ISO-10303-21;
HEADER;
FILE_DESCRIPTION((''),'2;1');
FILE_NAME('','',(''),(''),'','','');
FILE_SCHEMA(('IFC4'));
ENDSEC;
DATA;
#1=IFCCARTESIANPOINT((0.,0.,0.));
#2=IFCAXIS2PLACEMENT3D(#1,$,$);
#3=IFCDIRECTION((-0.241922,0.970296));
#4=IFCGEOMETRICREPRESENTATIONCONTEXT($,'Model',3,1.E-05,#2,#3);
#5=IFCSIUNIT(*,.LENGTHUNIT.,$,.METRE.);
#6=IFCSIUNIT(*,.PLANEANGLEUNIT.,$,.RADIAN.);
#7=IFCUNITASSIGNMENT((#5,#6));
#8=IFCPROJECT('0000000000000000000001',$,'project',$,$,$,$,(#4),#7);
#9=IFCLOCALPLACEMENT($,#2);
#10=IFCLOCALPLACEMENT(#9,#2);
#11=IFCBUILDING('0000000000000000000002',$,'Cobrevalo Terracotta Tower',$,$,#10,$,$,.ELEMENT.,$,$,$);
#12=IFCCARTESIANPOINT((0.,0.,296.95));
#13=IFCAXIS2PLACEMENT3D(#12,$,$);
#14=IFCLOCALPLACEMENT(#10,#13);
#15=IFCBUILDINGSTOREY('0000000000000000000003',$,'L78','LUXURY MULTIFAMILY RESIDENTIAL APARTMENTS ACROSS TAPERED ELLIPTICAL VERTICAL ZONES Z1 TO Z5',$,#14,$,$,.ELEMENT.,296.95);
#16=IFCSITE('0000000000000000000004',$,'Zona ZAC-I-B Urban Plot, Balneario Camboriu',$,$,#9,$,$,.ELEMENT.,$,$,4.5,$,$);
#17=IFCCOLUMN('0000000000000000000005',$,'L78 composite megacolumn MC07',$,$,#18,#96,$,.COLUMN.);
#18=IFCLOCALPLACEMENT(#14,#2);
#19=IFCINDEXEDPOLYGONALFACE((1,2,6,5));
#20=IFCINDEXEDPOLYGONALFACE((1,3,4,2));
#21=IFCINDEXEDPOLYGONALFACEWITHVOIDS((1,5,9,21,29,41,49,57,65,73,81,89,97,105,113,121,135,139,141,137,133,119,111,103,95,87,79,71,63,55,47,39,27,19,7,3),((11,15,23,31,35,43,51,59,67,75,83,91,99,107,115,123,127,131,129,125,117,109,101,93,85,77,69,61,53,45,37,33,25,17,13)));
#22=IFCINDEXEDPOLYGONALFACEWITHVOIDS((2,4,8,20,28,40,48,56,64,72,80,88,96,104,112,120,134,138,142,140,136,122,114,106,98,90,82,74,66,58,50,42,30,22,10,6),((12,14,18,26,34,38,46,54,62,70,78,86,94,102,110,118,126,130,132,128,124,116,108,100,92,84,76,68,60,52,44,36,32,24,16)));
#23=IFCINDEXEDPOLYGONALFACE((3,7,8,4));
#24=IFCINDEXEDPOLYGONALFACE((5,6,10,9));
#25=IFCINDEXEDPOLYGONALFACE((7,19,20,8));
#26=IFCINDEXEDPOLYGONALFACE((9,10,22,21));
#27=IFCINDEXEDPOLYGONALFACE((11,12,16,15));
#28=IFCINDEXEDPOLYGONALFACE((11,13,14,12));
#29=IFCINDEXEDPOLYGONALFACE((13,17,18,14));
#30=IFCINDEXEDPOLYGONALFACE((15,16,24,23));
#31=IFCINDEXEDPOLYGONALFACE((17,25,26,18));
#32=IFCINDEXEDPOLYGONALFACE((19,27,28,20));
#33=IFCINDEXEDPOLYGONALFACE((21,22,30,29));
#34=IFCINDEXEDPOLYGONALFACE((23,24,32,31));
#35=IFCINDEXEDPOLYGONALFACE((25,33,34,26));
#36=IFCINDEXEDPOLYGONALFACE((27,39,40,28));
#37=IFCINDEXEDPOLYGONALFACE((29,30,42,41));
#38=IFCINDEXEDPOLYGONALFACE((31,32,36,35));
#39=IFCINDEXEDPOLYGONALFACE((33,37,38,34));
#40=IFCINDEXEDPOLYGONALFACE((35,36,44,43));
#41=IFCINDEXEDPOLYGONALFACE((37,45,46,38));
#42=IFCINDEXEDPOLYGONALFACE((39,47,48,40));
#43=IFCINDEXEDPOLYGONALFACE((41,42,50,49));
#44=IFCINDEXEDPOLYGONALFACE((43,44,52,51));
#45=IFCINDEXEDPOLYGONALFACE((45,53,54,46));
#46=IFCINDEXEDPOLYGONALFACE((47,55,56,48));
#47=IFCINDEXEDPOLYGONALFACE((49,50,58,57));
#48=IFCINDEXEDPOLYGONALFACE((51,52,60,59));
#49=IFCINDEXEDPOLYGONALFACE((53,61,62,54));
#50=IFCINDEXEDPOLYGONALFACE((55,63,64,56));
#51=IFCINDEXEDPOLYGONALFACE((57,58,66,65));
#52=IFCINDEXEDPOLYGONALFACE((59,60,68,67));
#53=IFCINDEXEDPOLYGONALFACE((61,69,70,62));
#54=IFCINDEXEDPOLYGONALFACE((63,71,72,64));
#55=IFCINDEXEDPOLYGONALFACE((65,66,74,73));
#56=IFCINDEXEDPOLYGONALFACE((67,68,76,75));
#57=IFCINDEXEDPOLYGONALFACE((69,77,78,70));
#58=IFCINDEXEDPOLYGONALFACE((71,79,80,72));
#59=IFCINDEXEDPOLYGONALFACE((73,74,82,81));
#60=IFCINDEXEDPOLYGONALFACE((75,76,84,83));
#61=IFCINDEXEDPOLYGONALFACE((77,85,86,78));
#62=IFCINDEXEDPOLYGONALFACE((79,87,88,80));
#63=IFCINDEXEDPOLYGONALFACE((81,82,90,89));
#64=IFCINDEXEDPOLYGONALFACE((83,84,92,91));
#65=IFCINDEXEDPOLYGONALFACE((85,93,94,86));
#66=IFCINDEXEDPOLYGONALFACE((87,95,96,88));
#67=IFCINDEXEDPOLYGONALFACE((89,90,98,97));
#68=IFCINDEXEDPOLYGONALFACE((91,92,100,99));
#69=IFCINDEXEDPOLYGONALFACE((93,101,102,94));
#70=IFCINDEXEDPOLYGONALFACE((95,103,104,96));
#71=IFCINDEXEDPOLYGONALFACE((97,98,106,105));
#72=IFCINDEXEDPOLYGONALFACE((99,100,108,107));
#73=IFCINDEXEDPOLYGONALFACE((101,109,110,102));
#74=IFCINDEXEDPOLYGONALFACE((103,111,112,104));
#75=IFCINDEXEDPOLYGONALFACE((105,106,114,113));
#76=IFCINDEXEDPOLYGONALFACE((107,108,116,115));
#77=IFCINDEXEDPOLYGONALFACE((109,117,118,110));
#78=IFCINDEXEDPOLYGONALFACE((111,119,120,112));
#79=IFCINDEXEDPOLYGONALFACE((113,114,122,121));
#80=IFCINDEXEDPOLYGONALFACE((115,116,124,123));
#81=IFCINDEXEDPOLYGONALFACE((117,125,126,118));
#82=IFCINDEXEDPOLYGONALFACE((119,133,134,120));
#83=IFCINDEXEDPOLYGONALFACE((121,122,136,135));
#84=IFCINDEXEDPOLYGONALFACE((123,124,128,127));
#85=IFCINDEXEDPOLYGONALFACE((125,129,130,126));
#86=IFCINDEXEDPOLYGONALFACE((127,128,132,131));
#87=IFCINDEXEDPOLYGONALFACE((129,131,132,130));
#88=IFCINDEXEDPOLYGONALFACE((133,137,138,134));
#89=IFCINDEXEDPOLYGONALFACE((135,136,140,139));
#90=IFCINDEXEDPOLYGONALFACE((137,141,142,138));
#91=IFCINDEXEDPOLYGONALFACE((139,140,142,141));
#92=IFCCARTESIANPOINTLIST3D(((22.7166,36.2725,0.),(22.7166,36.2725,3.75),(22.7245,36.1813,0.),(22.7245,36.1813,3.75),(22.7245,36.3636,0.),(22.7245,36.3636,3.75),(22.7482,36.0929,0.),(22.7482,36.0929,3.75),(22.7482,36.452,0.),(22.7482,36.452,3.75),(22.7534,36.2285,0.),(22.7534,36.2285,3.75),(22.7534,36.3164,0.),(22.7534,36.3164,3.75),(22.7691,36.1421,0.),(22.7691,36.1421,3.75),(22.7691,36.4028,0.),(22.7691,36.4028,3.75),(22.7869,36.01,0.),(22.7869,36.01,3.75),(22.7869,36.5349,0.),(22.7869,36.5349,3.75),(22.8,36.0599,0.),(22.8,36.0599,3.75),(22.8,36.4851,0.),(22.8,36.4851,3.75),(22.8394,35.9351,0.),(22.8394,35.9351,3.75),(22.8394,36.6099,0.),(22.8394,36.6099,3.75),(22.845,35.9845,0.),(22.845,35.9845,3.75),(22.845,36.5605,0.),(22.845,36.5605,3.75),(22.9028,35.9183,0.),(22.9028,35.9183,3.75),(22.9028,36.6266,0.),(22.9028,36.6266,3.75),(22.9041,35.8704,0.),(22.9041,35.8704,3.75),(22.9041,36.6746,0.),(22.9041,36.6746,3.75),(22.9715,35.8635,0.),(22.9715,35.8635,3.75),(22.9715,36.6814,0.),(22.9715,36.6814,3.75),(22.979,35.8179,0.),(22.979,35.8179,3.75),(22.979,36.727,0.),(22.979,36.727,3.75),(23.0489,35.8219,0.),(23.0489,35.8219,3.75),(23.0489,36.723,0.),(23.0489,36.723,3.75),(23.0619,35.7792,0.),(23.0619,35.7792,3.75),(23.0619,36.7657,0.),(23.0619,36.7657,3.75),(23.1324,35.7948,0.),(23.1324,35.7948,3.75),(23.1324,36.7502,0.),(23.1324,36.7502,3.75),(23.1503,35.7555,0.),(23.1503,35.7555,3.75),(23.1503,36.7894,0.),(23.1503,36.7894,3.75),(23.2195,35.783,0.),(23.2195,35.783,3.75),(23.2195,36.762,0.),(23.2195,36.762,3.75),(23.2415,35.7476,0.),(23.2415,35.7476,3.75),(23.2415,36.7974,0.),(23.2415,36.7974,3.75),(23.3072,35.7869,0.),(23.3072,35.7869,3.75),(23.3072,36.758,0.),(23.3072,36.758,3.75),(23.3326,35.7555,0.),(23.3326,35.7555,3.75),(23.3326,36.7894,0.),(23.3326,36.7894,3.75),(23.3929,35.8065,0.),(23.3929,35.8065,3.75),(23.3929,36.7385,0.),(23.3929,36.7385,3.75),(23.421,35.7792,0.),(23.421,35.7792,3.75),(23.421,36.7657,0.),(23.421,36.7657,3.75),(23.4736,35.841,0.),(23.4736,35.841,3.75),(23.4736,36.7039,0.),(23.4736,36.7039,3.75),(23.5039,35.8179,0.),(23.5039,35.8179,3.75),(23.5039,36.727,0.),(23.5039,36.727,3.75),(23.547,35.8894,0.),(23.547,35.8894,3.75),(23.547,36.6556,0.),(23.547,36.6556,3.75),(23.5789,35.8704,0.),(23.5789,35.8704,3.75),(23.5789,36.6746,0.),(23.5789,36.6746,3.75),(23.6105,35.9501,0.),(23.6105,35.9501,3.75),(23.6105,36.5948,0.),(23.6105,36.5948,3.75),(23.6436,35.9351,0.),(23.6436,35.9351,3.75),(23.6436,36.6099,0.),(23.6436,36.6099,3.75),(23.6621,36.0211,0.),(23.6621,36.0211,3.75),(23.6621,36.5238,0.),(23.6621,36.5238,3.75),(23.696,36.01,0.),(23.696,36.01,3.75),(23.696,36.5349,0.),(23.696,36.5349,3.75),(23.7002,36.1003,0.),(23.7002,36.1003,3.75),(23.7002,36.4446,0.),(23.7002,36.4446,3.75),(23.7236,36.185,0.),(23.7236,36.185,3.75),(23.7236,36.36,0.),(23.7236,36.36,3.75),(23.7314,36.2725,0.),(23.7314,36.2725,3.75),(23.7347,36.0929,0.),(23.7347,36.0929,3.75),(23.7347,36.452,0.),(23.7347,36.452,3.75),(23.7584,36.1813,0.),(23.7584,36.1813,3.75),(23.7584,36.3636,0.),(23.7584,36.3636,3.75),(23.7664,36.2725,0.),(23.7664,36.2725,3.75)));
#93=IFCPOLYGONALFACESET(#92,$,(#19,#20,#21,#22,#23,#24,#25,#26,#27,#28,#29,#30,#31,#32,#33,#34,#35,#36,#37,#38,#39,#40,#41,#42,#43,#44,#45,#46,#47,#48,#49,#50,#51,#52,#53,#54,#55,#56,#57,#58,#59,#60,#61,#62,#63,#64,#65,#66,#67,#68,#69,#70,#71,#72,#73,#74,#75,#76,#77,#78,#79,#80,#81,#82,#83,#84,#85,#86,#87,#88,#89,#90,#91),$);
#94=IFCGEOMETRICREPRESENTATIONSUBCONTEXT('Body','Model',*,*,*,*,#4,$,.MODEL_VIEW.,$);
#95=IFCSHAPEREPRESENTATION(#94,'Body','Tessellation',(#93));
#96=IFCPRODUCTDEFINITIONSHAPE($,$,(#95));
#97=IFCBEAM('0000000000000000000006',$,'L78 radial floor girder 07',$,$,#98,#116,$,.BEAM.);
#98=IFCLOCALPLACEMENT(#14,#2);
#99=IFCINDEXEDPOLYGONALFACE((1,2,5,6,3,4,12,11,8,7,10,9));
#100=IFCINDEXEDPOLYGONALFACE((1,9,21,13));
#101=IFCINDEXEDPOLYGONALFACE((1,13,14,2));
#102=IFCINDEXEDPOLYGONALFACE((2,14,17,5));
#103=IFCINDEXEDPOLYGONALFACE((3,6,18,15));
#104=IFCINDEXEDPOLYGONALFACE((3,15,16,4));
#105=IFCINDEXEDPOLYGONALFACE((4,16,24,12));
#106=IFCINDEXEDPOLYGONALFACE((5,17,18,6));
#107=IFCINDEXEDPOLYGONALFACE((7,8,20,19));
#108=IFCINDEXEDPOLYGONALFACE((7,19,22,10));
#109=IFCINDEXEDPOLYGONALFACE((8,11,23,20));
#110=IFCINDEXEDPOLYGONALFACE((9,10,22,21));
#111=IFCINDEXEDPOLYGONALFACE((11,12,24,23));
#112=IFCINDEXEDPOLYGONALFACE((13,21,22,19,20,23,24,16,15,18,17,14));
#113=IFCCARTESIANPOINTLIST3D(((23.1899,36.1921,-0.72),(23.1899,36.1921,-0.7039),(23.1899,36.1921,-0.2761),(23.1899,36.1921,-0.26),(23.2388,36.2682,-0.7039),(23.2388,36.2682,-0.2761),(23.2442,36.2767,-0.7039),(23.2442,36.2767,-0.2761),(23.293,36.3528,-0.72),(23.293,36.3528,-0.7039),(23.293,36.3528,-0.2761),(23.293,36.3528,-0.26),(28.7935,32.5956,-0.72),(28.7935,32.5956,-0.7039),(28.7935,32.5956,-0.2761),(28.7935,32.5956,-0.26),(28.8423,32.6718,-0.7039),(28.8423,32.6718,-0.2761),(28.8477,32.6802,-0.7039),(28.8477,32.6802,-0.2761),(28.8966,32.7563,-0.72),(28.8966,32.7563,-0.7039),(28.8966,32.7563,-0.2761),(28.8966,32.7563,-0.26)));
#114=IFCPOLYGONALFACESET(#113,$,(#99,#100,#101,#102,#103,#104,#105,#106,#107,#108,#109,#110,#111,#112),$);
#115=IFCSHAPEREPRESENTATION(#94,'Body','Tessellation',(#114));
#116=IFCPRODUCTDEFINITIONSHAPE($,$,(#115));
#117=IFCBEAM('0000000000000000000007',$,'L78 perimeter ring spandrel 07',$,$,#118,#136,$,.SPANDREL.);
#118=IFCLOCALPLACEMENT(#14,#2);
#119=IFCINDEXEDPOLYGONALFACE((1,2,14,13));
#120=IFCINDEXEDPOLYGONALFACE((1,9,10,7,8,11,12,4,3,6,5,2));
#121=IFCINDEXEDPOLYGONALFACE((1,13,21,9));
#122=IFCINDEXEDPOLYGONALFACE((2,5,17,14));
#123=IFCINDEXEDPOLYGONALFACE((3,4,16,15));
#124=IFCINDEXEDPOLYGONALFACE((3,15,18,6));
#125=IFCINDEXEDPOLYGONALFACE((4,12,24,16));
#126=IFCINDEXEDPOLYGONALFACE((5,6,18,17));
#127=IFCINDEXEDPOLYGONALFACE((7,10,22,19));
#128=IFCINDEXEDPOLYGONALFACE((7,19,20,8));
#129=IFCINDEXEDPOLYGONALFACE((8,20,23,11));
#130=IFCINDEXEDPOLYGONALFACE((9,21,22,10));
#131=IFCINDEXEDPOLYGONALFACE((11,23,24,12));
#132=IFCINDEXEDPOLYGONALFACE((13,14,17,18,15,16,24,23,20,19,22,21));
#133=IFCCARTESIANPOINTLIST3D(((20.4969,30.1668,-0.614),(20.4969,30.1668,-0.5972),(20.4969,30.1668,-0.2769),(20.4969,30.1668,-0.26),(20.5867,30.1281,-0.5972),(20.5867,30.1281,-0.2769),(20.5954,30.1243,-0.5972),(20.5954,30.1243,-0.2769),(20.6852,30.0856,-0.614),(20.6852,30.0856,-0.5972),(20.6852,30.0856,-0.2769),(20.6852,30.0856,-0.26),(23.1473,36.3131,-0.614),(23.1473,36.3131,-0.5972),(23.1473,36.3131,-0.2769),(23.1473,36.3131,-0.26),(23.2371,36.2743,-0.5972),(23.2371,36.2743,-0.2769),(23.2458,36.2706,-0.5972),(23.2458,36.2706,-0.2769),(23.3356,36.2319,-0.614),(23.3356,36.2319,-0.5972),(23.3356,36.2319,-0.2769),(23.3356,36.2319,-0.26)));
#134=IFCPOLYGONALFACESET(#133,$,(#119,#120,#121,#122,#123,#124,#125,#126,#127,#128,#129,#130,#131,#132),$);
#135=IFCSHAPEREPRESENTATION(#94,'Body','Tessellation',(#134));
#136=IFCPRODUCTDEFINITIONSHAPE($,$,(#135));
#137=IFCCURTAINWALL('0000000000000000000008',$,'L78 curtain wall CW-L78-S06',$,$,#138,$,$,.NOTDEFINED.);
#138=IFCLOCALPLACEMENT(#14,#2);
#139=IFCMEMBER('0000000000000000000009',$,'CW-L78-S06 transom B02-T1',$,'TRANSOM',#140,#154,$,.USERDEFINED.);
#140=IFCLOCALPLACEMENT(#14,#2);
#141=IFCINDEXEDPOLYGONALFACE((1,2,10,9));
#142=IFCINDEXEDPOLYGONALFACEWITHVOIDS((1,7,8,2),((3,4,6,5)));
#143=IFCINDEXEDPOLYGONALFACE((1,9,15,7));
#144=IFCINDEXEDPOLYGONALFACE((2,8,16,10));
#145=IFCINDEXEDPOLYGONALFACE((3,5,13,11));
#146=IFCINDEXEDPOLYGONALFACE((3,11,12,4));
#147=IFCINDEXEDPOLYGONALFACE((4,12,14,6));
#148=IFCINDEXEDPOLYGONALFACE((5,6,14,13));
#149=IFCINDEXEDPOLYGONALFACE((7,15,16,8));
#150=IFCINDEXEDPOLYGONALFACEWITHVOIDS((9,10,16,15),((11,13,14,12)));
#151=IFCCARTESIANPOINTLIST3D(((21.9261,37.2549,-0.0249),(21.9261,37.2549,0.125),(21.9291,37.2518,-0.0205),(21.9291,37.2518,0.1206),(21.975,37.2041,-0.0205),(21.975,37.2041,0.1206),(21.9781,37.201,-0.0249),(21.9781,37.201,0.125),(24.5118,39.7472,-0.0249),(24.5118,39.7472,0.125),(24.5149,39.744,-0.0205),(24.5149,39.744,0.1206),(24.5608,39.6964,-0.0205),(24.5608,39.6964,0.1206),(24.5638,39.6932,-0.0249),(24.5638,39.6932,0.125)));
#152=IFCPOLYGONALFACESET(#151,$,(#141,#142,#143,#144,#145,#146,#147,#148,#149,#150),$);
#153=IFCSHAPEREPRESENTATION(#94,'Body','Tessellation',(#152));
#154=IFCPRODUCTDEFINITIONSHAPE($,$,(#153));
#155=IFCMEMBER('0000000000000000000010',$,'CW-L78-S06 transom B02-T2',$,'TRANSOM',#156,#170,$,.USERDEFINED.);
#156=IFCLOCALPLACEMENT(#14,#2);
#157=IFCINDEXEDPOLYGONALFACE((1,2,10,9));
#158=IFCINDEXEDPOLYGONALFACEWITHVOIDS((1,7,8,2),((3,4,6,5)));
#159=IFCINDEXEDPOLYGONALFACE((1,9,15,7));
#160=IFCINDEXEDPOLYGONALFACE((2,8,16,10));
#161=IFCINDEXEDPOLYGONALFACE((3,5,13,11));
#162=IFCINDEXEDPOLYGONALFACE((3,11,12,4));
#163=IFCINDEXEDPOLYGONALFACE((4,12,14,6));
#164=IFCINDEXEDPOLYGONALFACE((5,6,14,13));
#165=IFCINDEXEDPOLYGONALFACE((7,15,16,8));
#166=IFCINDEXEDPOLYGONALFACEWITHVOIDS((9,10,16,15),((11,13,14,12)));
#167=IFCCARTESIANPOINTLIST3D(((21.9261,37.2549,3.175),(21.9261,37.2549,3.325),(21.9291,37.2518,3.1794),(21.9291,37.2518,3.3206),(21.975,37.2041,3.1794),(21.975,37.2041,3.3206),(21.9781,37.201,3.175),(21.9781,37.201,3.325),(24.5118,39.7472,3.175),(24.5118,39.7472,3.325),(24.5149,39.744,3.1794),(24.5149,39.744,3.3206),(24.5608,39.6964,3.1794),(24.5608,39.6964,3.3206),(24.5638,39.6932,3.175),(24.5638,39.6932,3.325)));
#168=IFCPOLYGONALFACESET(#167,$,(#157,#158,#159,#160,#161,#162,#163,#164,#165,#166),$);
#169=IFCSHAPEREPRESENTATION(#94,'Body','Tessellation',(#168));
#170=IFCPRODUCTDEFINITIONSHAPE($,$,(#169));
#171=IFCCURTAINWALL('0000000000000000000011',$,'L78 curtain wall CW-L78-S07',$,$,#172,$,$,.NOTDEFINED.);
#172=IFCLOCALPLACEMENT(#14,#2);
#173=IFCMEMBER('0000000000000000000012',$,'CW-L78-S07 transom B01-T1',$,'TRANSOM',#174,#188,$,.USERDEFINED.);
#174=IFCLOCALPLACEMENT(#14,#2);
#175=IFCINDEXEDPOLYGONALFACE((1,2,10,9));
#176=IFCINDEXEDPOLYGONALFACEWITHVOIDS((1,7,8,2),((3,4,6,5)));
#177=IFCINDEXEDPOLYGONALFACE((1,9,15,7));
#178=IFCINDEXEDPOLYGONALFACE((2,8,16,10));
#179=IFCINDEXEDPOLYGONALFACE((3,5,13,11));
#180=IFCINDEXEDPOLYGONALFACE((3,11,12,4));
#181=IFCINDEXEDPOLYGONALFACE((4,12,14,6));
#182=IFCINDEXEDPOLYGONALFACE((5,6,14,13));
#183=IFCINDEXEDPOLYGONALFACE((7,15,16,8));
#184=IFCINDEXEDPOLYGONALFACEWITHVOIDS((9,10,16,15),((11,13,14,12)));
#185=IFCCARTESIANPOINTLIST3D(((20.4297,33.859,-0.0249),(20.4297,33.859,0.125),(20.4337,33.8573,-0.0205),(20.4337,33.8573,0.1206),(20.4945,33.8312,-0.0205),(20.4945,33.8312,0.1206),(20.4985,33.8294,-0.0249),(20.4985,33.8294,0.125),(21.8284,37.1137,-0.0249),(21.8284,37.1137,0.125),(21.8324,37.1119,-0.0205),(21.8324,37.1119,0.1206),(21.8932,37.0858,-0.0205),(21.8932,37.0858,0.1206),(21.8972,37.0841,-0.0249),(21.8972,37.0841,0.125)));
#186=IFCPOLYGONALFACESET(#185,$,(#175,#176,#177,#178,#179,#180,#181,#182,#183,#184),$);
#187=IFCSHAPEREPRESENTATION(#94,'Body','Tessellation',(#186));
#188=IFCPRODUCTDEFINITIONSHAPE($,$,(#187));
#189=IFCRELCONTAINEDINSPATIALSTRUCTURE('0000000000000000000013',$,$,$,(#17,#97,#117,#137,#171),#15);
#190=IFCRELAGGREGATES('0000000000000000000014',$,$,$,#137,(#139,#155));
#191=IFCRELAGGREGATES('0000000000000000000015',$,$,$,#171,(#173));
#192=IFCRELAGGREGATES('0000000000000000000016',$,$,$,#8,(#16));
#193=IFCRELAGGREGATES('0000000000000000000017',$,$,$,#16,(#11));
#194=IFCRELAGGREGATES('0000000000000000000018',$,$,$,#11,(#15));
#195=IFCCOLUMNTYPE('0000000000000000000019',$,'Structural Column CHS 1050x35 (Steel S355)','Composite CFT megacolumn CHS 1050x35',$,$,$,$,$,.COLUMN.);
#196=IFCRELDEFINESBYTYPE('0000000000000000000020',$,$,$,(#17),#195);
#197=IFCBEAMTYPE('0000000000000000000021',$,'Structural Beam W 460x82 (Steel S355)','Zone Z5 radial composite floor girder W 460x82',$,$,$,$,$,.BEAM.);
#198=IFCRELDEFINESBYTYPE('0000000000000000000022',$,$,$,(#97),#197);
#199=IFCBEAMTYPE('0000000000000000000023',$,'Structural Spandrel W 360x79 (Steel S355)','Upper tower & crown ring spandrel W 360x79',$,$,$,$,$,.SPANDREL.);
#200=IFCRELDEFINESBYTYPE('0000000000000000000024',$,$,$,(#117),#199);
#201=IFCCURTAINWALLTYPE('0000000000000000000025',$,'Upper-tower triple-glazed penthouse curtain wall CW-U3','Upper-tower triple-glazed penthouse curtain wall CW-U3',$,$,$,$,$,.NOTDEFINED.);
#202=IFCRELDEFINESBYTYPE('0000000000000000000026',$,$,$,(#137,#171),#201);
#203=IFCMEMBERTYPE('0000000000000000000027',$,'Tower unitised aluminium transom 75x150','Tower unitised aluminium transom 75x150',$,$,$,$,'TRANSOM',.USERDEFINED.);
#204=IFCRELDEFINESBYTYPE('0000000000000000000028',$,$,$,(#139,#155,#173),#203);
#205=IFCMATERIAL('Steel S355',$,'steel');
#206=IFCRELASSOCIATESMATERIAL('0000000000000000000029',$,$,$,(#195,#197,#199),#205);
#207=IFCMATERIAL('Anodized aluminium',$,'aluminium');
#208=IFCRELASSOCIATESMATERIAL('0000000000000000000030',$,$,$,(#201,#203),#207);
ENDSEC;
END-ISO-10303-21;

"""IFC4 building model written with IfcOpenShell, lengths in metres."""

from ifc_helpers import new_model, si_unit, direction, frame, origin, origin_2d, place, context, subcontext, project, spatial, hollow_rectangle, hollow_circle, i_section, extrude, source, transform, mapped, material, material_profile, profile_set, type_object, element, aggregate, save


model = new_model("IFC4")

# Units and contexts
model_context = context("Model", 3, precision=1e-05, world=origin(), true_north=direction((-0.241922, 0.970296)))
body_context = subcontext(model_context, "Body", "Model", "MODEL_VIEW")
ifc_project = project(units=[si_unit("LENGTHUNIT", "METRE"), si_unit("PLANEANGLEUNIT", "RADIAN")], contexts=[model_context])

# Site, building, storey
site_placement = place(None, origin())
site = spatial("IfcSite", under=ifc_project, at=site_placement, Name="Zona ZAC-I-B Urban Plot, Balneario Camboriu", CompositionType="ELEMENT", RefElevation=4.5)
building_placement = place(site_placement, origin())
building = spatial("IfcBuilding", under=site, at=building_placement, Name="Cobrevalo Terracotta Tower", CompositionType="ELEMENT")
storey_placement = place(building_placement, frame((0.0, 0.0, 296.95)))
storey = spatial("IfcBuildingStorey", under=building, at=storey_placement, Name="L78", Description="LUXURY MULTIFAMILY RESIDENTIAL APARTMENTS ACROSS TAPERED ELLIPTICAL VERTICAL ZONES Z1 TO Z5", CompositionType="ELEMENT", Elevation=296.95)

# Column
ifc_material_1 = material(Name="Steel S355", Category="steel")
ifc_material_profile_1 = material_profile(ifc_material_1, hollow_circle(Radius=0.5249, WallThickness=0.0349, at=origin_2d()), Name="CHS 1050x35")
ifc_profile_set_1 = profile_set([ifc_material_profile_1], Name="Steel S355")
column_type = type_object("IfcColumnType", Name="Structural Column CHS 1050x35 (Steel S355)", Description="Composite CFT megacolumn CHS 1050x35", PredefinedType="COLUMN", material=ifc_profile_set_1)
column_placement = place(storey_placement, frame((23.2415, 36.2725, 0.0), z_axis=(0.0, 0.0, 1.0), x_axis=(1.0, 0.0, 0.0)))
element("IfcColumn", 1, at=column_placement, inside=storey, type_object=column_type, Name="L78 composite megacolumn MC07", PredefinedType="COLUMN", context=body_context, shape_type="SweptSolid", body=[
    extrude(hollow_circle(Radius=0.5249, WallThickness=0.0349, at=origin_2d()), origin(), (0.0, 0.0, 1.0), 3.75),
])

# Beams
ifc_material_profile_2 = material_profile(ifc_material_1, i_section(OverallWidth=0.1909, OverallDepth=0.46, WebThickness=0.01, FlangeThickness=0.0161, at=origin_2d()), Name="W 460x82")
ifc_profile_set_2 = profile_set([ifc_material_profile_2], Name="Steel S355")
beam_type_1 = type_object("IfcBeamType", Name="Structural Beam W 460x82 (Steel S355)", Description="Zone Z5 radial composite floor girder W 460x82", PredefinedType="BEAM", material=ifc_profile_set_2)
beam_1_placement = place(storey_placement, frame((23.2415, 36.2725, -0.49), z_axis=(0.841576, -0.540138, 0.0), x_axis=(0.540138, 0.841576, 0.0)))
element("IfcBeam", 2, at=beam_1_placement, inside=storey, type_object=beam_type_1, Name="L78 radial floor girder 07", PredefinedType="BEAM", context=body_context, shape_type="SweptSolid", body=[
    extrude(i_section(OverallWidth=0.1909, OverallDepth=0.46, WebThickness=0.01, FlangeThickness=0.0161, at=origin_2d()), origin(), (0.0, 0.0, 1.0), 6.6584),
])
ifc_material_profile_3 = material_profile(ifc_material_1, i_section(OverallWidth=0.2051, OverallDepth=0.354, WebThickness=0.0095, FlangeThickness=0.0168, at=origin_2d()), Name="W 360x79")
ifc_profile_set_3 = profile_set([ifc_material_profile_3], Name="Steel S355")
beam_type_2 = type_object("IfcBeamType", Name="Structural Spandrel W 360x79 (Steel S355)", Description="Upper tower & crown ring spandrel W 360x79", PredefinedType="SPANDREL", material=ifc_profile_set_3)
beam_2_placement = place(storey_placement, frame((23.2415, 36.2725, -0.437), z_axis=(-0.395974, -0.918262, 0.0), x_axis=(0.918262, -0.395974, 0.0)))
element("IfcBeam", 3, at=beam_2_placement, inside=storey, type_object=beam_type_2, Name="L78 perimeter ring spandrel 07", PredefinedType="SPANDREL", context=body_context, shape_type="SweptSolid", body=[
    extrude(i_section(OverallWidth=0.2051, OverallDepth=0.354, WebThickness=0.0095, FlangeThickness=0.0168, at=origin_2d()), origin(), (0.0, 0.0, 1.0), 6.6934),
])

# Curtain walls, members
ifc_material_2 = material(Name="Anodized aluminium", Category="aluminium")
curtain_wall_type = type_object("IfcCurtainWallType", Name="Upper-tower triple-glazed penthouse curtain wall CW-U3", Description="Upper-tower triple-glazed penthouse curtain wall CW-U3", PredefinedType="NOTDEFINED", material=ifc_material_2)
curtain_wall_1_placement = place(storey_placement, origin())
curtain_wall_1 = element("IfcCurtainWall", 4, at=curtain_wall_1_placement, inside=storey, type_object=curtain_wall_type, Name="L78 curtain wall CW-L78-S06", PredefinedType="NOTDEFINED")
ifc_material_profile_4 = material_profile(ifc_material_2, hollow_rectangle(XDim=0.075, YDim=0.1499, WallThickness=0.0044, at=origin_2d()), Name="CWT 75x150")
ifc_profile_set_4 = profile_set([ifc_material_profile_4], Name="Anodized aluminium")
member_type_1 = type_object("IfcMemberType", Name="Tower unitised aluminium transom 75x150", Description="Tower unitised aluminium transom 75x150", ElementType="TRANSOM", PredefinedType="USERDEFINED", material=ifc_profile_set_4)
shared_shape_1 = source(origin(), body_context, "Body", "SweptSolid", [
    extrude(hollow_rectangle(XDim=0.075, YDim=0.1499, WallThickness=0.0044, at=origin_2d()), origin(), (0.0, 0.0, 1.0), 3.5913),
])
member_1_placement = place(storey_placement, frame((24.5378, 39.7202, 0.05), z_axis=(-0.720006, -0.693968, 0.0), x_axis=(0.693968, -0.720006, 0.0)))
member_1 = element("IfcMember", 5, at=member_1_placement, type_object=member_type_1, Name="CW-L78-S06 transom B02-T1", ObjectType="TRANSOM", PredefinedType="USERDEFINED", context=body_context, shape_type="MappedRepresentation", body=[
    mapped(shared_shape_1, transform((0.0, 0.0, 0.0), scale=1.0)),
])
member_2_placement = place(storey_placement, frame((24.5378, 39.7202, 3.25), z_axis=(-0.720006, -0.693968, 0.0), x_axis=(0.693968, -0.720006, 0.0)))
member_2 = element("IfcMember", 6, at=member_2_placement, type_object=member_type_1, Name="CW-L78-S06 transom B02-T2", ObjectType="TRANSOM", PredefinedType="USERDEFINED", context=body_context, shape_type="MappedRepresentation", body=[
    mapped(shared_shape_1, transform((0.0, 0.0, 0.0), scale=1.0)),
])
curtain_wall_2_placement = place(storey_placement, origin())
curtain_wall_2 = element("IfcCurtainWall", 7, at=curtain_wall_2_placement, inside=storey, type_object=curtain_wall_type, Name="L78 curtain wall CW-L78-S07", PredefinedType="NOTDEFINED")
shared_shape_2 = source(origin(), body_context, "Body", "SweptSolid", [
    extrude(hollow_rectangle(XDim=0.075, YDim=0.1499, WallThickness=0.0044, at=origin_2d()), origin(), (0.0, 0.0, 1.0), 3.5425),
])
member_3_placement = place(storey_placement, frame((21.8628, 37.0989, 0.05), z_axis=(-0.394834, -0.918752, 0.0), x_axis=(0.918752, -0.394834, 0.0)))
member_3 = element("IfcMember", 8, at=member_3_placement, type_object=member_type_1, Name="CW-L78-S07 transom B01-T1", ObjectType="TRANSOM", PredefinedType="USERDEFINED", context=body_context, shape_type="MappedRepresentation", body=[
    mapped(shared_shape_2, transform((0.0, 0.0, 0.0), scale=1.0)),
])

aggregate(curtain_wall_1, [member_1, member_2])
aggregate(curtain_wall_2, [member_3])

save(model, "model.ifc")
